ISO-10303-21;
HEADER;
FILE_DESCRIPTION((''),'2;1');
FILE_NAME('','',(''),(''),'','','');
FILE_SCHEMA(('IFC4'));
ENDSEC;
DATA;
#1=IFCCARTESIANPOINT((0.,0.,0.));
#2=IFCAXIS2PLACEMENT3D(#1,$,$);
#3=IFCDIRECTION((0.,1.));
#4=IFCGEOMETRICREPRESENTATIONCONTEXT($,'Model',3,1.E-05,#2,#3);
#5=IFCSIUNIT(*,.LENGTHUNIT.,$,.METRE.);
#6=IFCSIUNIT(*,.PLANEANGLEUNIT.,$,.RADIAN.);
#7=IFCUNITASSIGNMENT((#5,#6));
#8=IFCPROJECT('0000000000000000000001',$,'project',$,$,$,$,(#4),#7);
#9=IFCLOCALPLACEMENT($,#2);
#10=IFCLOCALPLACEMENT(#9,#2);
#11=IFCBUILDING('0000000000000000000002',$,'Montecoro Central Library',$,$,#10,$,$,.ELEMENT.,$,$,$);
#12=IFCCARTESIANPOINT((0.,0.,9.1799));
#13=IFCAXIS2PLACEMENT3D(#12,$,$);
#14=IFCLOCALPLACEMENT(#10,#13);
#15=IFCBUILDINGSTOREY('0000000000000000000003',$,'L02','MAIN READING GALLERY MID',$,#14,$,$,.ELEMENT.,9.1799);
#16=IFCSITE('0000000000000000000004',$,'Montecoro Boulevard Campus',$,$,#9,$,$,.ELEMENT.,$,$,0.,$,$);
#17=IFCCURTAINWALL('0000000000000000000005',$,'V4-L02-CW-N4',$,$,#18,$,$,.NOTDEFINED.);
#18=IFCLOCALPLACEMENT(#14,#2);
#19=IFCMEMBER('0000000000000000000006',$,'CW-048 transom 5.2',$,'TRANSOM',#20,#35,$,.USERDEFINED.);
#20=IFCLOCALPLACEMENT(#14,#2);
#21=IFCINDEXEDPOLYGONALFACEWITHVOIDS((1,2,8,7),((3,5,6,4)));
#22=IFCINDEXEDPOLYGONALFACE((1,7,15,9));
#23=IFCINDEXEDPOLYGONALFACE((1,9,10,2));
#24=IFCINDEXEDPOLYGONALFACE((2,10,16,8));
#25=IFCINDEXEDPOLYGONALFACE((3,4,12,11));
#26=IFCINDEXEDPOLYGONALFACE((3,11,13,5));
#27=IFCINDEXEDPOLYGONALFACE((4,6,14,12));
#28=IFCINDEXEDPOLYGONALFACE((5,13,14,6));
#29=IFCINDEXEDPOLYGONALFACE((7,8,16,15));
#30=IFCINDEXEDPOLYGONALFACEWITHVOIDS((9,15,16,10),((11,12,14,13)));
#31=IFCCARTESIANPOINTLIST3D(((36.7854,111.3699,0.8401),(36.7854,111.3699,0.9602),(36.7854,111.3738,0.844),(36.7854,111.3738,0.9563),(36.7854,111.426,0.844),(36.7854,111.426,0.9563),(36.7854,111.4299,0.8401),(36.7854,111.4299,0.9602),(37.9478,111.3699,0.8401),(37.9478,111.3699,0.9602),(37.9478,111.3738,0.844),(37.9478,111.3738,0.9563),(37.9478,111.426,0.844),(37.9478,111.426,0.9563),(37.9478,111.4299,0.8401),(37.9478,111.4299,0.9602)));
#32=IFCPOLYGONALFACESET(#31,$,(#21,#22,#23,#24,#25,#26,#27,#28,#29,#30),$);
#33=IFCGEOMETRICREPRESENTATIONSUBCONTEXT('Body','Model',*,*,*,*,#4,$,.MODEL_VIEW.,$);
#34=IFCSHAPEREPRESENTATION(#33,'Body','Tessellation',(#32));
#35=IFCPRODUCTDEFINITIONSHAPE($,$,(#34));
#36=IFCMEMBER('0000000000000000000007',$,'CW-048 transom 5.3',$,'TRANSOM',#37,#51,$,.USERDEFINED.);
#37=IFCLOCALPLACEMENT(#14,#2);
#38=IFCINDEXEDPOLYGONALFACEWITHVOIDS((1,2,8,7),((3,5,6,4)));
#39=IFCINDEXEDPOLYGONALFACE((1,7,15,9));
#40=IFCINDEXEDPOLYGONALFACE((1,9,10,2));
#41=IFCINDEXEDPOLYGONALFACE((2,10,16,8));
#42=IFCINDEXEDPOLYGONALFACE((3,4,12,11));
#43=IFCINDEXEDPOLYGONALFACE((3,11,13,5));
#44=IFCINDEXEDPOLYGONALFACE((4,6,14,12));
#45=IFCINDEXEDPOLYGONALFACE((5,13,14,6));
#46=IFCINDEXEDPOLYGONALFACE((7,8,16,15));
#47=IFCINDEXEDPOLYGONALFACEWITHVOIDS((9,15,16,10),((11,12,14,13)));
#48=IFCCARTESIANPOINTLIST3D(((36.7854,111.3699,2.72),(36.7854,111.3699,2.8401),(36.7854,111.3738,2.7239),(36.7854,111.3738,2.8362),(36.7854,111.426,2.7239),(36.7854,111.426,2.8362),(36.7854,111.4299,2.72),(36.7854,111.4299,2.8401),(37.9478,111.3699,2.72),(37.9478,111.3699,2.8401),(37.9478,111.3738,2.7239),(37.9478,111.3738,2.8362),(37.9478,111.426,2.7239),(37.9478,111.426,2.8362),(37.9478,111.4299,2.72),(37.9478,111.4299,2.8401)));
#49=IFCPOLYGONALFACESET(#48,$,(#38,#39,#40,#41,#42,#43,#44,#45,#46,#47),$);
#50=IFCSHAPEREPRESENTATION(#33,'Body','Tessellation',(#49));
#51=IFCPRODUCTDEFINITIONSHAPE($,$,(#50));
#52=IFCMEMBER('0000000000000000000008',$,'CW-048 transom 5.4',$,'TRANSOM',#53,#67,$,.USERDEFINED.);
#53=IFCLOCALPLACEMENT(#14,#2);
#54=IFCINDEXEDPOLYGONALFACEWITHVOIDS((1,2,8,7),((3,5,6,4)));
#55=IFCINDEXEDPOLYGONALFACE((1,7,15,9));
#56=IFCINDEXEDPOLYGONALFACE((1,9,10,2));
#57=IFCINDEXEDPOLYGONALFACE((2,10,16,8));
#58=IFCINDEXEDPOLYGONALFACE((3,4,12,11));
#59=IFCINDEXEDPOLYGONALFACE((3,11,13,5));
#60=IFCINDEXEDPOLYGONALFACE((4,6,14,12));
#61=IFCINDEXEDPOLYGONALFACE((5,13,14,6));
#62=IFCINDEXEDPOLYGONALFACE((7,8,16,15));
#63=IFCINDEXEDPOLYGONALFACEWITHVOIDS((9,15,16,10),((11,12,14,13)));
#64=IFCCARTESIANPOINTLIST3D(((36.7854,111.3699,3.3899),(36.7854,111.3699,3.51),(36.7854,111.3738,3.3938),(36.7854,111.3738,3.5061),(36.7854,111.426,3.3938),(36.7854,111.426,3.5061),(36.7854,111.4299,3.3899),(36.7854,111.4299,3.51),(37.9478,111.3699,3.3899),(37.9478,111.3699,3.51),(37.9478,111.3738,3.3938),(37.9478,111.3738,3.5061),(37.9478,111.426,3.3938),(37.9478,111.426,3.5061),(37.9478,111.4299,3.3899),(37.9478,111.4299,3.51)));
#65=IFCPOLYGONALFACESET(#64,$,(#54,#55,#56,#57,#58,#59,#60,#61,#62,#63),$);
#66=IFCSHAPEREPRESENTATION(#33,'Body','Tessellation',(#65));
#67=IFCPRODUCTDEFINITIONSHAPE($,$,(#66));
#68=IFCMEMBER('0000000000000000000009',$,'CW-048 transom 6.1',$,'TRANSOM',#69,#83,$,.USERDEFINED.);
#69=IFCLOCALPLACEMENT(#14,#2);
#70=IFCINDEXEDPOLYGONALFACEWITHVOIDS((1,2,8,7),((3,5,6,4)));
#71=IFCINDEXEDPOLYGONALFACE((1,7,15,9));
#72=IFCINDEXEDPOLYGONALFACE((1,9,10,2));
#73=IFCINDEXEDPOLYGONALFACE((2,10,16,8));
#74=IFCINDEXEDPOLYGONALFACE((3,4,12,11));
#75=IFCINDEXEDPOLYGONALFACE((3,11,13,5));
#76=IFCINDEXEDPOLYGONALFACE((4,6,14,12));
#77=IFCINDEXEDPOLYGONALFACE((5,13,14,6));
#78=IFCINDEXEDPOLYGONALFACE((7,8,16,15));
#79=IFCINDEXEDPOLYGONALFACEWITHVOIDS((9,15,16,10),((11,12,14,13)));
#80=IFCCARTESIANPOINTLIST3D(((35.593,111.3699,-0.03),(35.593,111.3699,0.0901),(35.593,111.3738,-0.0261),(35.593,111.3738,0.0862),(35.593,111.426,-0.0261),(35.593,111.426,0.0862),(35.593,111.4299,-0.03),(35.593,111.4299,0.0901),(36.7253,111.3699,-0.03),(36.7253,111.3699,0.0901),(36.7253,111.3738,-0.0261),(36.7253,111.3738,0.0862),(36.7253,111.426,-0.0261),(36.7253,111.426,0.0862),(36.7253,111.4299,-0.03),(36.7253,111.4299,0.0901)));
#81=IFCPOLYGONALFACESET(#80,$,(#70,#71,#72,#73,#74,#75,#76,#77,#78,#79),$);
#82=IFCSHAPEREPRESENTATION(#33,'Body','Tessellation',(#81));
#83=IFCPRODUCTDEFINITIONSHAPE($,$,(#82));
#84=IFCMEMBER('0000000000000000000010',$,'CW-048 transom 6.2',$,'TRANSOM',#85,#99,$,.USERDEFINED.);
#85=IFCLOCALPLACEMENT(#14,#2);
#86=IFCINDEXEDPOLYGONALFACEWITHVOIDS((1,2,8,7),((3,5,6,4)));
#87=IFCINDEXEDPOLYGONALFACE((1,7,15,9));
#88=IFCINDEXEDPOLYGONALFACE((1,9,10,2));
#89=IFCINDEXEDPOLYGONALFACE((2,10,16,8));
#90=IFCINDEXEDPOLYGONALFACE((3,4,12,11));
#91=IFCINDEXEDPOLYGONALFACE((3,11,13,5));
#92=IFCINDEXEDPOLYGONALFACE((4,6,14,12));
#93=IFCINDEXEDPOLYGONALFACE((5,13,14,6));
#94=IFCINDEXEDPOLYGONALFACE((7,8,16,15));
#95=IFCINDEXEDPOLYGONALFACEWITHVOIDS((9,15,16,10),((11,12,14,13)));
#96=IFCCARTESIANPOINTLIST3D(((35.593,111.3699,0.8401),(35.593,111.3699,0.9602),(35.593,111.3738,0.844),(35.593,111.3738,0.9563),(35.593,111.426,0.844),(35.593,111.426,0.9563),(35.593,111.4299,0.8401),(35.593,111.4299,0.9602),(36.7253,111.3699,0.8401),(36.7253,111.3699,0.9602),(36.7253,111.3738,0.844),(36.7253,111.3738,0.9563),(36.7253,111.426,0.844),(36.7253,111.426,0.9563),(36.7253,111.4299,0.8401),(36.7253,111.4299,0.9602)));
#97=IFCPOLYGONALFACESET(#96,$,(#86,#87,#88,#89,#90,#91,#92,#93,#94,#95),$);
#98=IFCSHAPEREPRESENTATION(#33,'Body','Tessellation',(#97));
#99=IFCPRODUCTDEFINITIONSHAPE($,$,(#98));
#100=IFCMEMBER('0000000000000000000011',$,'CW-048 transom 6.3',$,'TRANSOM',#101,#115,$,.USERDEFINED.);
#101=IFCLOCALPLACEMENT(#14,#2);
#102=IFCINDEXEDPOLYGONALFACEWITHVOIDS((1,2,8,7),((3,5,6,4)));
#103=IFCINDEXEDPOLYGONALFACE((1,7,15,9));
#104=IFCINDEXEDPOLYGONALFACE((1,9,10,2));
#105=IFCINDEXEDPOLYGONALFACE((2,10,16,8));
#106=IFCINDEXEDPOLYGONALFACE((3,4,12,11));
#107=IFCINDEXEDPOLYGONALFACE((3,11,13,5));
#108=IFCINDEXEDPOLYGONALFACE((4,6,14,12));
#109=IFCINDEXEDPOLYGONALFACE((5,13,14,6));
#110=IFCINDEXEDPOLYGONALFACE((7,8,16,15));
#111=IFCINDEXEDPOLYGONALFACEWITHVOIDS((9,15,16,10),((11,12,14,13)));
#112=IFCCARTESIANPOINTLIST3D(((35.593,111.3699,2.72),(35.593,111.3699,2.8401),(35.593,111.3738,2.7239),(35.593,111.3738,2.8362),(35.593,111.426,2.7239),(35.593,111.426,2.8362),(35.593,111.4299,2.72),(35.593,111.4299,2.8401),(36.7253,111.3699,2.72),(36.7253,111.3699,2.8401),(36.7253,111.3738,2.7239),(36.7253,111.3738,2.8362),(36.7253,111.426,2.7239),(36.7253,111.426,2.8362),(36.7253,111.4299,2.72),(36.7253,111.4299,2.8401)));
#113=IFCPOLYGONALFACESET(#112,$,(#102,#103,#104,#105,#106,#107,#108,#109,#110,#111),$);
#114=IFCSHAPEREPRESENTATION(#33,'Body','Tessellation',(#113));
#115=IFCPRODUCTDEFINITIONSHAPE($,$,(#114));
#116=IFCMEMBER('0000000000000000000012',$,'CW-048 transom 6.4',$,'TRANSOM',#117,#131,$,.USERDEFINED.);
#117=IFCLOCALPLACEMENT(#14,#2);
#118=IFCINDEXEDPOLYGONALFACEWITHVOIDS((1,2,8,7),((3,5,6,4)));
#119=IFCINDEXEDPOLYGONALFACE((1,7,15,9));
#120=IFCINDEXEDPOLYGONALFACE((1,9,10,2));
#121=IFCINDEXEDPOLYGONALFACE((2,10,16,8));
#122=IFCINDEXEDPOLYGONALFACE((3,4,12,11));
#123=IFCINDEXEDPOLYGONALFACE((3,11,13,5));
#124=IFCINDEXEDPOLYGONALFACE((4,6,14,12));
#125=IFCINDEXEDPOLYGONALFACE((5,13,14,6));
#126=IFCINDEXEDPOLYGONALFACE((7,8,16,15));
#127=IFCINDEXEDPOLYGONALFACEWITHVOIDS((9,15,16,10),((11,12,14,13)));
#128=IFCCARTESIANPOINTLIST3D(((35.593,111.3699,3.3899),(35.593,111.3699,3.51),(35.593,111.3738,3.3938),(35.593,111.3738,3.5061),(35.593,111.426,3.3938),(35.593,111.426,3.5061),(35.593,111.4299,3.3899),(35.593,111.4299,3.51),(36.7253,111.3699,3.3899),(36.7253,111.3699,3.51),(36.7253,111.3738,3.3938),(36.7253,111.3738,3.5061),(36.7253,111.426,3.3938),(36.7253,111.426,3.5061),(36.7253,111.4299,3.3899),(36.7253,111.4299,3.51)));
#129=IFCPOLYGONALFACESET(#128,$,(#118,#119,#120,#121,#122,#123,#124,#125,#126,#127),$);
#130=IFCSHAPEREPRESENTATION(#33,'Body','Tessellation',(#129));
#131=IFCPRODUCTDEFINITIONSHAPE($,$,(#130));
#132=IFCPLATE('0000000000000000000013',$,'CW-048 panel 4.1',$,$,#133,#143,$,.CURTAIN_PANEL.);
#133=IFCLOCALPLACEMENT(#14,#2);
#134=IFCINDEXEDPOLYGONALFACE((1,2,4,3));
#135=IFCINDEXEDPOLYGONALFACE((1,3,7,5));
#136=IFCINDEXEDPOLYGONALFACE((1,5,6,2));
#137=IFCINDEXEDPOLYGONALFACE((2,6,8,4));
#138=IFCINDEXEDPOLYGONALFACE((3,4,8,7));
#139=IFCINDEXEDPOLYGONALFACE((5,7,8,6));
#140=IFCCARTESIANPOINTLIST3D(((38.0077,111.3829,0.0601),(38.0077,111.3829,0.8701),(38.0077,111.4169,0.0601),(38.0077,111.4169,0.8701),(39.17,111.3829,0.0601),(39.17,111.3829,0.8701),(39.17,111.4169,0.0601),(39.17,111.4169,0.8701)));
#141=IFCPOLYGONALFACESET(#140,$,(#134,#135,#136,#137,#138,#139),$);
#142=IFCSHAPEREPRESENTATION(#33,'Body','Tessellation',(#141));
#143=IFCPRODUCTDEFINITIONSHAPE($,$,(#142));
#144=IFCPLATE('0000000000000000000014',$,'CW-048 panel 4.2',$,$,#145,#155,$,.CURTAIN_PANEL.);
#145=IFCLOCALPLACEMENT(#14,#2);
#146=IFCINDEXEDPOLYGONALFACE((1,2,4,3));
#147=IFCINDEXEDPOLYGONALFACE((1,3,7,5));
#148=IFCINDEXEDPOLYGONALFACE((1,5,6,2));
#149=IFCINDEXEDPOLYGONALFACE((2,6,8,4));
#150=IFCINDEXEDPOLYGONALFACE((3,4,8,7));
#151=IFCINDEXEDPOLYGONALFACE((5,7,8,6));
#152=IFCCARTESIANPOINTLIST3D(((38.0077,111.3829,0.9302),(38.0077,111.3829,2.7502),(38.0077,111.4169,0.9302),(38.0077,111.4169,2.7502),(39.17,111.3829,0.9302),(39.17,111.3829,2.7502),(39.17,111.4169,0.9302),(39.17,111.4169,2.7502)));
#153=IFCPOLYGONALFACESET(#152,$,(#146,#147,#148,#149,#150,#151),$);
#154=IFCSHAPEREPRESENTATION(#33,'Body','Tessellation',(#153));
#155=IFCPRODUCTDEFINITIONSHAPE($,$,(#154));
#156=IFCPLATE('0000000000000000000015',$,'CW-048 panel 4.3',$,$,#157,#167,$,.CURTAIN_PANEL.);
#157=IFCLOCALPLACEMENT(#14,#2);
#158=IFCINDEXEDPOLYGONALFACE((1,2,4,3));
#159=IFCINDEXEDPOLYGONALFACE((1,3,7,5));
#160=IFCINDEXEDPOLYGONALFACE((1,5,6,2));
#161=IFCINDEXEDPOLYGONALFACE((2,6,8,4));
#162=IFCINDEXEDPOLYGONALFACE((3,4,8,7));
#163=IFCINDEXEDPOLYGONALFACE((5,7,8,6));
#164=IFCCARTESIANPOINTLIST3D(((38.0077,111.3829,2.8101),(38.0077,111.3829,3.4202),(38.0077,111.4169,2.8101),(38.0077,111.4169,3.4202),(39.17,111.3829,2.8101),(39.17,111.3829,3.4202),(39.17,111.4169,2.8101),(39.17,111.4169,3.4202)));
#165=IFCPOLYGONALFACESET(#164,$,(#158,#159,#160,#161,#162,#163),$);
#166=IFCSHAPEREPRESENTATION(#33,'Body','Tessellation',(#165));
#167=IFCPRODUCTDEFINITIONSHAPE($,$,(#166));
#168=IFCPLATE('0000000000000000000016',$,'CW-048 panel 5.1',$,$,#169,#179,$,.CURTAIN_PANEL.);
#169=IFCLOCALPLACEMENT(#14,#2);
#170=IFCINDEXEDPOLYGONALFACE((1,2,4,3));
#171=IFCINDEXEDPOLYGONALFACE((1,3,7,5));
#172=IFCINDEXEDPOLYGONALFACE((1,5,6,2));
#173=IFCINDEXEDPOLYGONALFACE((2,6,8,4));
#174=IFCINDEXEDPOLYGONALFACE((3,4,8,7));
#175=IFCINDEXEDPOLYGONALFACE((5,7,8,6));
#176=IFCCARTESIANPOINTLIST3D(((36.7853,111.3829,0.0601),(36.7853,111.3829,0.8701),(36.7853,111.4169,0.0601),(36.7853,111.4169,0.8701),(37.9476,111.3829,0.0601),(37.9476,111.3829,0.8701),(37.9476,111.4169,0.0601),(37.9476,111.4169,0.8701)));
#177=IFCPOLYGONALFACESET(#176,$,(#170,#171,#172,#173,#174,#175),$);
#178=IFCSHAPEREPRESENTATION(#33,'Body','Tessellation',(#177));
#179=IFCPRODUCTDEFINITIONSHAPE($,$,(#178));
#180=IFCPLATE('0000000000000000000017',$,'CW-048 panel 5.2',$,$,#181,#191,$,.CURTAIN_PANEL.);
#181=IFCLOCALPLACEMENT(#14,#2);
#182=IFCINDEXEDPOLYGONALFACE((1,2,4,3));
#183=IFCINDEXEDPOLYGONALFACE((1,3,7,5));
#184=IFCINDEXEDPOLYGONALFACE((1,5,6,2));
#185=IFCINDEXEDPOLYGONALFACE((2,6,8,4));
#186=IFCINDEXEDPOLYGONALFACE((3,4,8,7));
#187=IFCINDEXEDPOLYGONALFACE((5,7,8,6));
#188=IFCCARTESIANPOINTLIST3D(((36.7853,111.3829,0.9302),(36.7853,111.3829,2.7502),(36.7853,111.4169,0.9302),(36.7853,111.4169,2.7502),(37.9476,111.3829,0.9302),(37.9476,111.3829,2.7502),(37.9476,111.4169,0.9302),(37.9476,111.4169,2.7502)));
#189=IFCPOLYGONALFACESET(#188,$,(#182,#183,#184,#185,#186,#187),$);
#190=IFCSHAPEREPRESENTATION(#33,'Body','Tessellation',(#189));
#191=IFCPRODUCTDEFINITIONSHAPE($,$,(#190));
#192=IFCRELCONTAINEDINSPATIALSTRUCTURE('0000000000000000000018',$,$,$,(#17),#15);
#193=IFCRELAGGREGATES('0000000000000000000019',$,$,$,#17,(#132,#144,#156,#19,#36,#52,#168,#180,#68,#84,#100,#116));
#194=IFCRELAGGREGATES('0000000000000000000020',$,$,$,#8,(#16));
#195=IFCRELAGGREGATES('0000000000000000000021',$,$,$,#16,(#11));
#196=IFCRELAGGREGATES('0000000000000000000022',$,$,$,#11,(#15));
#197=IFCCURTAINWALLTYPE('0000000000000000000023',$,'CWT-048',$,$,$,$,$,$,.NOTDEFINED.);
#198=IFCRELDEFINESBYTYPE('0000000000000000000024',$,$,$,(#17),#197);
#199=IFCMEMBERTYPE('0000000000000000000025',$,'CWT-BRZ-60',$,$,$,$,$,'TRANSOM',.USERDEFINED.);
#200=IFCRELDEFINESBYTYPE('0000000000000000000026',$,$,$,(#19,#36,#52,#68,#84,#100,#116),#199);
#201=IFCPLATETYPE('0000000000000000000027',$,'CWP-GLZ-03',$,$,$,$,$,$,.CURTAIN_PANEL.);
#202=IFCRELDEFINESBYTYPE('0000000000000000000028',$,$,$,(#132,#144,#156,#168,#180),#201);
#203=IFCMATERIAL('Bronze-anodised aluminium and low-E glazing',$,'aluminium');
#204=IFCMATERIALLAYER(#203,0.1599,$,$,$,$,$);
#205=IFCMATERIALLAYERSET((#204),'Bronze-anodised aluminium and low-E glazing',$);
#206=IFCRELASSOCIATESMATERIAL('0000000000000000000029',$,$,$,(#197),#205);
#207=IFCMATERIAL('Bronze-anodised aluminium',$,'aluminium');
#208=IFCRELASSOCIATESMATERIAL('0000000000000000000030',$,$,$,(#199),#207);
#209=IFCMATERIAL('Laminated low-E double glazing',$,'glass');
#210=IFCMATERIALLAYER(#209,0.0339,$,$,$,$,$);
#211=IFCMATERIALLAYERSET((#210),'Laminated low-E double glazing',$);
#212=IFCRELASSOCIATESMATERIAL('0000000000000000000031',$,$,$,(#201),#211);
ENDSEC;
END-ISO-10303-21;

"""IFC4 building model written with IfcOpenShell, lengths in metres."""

from ifc_helpers import new_model, si_unit, direction, frame, origin, origin_2d, place, context, subcontext, project, spatial, rectangle, hollow_rectangle, extrude, material, layer, layer_set, material_profile, profile_set, type_object, element, aggregate, save


model = new_model("IFC4")

# Units and contexts
model_context = context("Model", 3, precision=1e-05, world=origin(), true_north=direction((0.0, 1.0)))
body_context = subcontext(model_context, "Body", "Model", "MODEL_VIEW")
ifc_project = project(units=[si_unit("LENGTHUNIT", "METRE"), si_unit("PLANEANGLEUNIT", "RADIAN")], contexts=[model_context])

# Site, building, storey
site_placement = place(None, origin())
site = spatial("IfcSite", under=ifc_project, at=site_placement, Name="Montecoro Boulevard Campus", CompositionType="ELEMENT", RefElevation=0.0)
building_placement = place(site_placement, origin())
building = spatial("IfcBuilding", under=site, at=building_placement, Name="Montecoro Central Library", CompositionType="ELEMENT")
storey_placement = place(building_placement, frame((0.0, 0.0, 9.1799)))
storey = spatial("IfcBuildingStorey", under=building, at=storey_placement, Name="L02", Description="MAIN READING GALLERY MID", CompositionType="ELEMENT", Elevation=9.1799)

# Curtain wall
ifc_material_1 = material(Name="Bronze-anodised aluminium and low-E glazing", Category="aluminium")
ifc_layer_1 = layer(ifc_material_1, 0.1599)
ifc_layer_set_1 = layer_set([ifc_layer_1], Name="Bronze-anodised aluminium and low-E glazing")
curtain_wall_type = type_object("IfcCurtainWallType", Name="CWT-048", PredefinedType="NOTDEFINED", material=ifc_layer_set_1)
curtain_wall_1_placement = place(storey_placement, origin())
curtain_wall_1 = element("IfcCurtainWall", 1, at=curtain_wall_1_placement, inside=storey, type_object=curtain_wall_type, Name="V4-L02-CW-N4", PredefinedType="NOTDEFINED")
ifc_material_2 = material(Name="Bronze-anodised aluminium", Category="aluminium")

# Members
ifc_material_profile_1 = material_profile(ifc_material_2, hollow_rectangle(XDim=0.0601, YDim=0.1201, WallThickness=0.0039, at=origin_2d()), Name="CWT 120x60x4.0")
ifc_profile_set_1 = profile_set([ifc_material_profile_1], Name="Bronze-anodised aluminium")
member_type_1 = type_object("IfcMemberType", Name="CWT-BRZ-60", ElementType="TRANSOM", PredefinedType="USERDEFINED", material=ifc_profile_set_1)
member_1_placement = place(storey_placement, frame((37.9478, 111.3999, 0.9001), z_axis=(-1.0, 0.0, 0.0), x_axis=(0.0, -1.0, 0.0)))
member_1 = element("IfcMember", 2, at=member_1_placement, type_object=member_type_1, Name="CW-048 transom 5.2", ObjectType="TRANSOM", PredefinedType="USERDEFINED", context=body_context, shape_type="SweptSolid", body=[
    extrude(hollow_rectangle(XDim=0.0601, YDim=0.1201, WallThickness=0.0039, at=origin_2d()), origin(), (0.0, 0.0, 1.0), 1.1624),
])
member_2_placement = place(storey_placement, frame((37.9478, 111.3999, 2.78), z_axis=(-1.0, 0.0, 0.0), x_axis=(0.0, -1.0, 0.0)))
member_2 = element("IfcMember", 3, at=member_2_placement, type_object=member_type_1, Name="CW-048 transom 5.3", ObjectType="TRANSOM", PredefinedType="USERDEFINED", context=body_context, shape_type="SweptSolid", body=[
    extrude(hollow_rectangle(XDim=0.0601, YDim=0.1201, WallThickness=0.0039, at=origin_2d()), origin(), (0.0, 0.0, 1.0), 1.1624),
])
member_3_placement = place(storey_placement, frame((37.9478, 111.3999, 3.45), z_axis=(-1.0, 0.0, 0.0), x_axis=(0.0, -1.0, 0.0)))
member_3 = element("IfcMember", 4, at=member_3_placement, type_object=member_type_1, Name="CW-048 transom 5.4", ObjectType="TRANSOM", PredefinedType="USERDEFINED", context=body_context, shape_type="SweptSolid", body=[
    extrude(hollow_rectangle(XDim=0.0601, YDim=0.1201, WallThickness=0.0039, at=origin_2d()), origin(), (0.0, 0.0, 1.0), 1.1624),
])
member_4_placement = place(storey_placement, frame((36.7253, 111.3999, 0.03), z_axis=(-1.0, 0.0, 0.0), x_axis=(0.0, -1.0, 0.0)))
member_4 = element("IfcMember", 5, at=member_4_placement, type_object=member_type_1, Name="CW-048 transom 6.1", ObjectType="TRANSOM", PredefinedType="USERDEFINED", context=body_context, shape_type="SweptSolid", body=[
    extrude(hollow_rectangle(XDim=0.0601, YDim=0.1201, WallThickness=0.0039, at=origin_2d()), origin(), (0.0, 0.0, 1.0), 1.1323),
])
member_5_placement = place(storey_placement, frame((36.7253, 111.3999, 0.9001), z_axis=(-1.0, 0.0, 0.0), x_axis=(0.0, -1.0, 0.0)))
member_5 = element("IfcMember", 6, at=member_5_placement, type_object=member_type_1, Name="CW-048 transom 6.2", ObjectType="TRANSOM", PredefinedType="USERDEFINED", context=body_context, shape_type="SweptSolid", body=[
    extrude(hollow_rectangle(XDim=0.0601, YDim=0.1201, WallThickness=0.0039, at=origin_2d()), origin(), (0.0, 0.0, 1.0), 1.1323),
])
member_6_placement = place(storey_placement, frame((36.7253, 111.3999, 2.78), z_axis=(-1.0, 0.0, 0.0), x_axis=(0.0, -1.0, 0.0)))
member_6 = element("IfcMember", 7, at=member_6_placement, type_object=member_type_1, Name="CW-048 transom 6.3", ObjectType="TRANSOM", PredefinedType="USERDEFINED", context=body_context, shape_type="SweptSolid", body=[
    extrude(hollow_rectangle(XDim=0.0601, YDim=0.1201, WallThickness=0.0039, at=origin_2d()), origin(), (0.0, 0.0, 1.0), 1.1323),
])
member_7_placement = place(storey_placement, frame((36.7253, 111.3999, 3.45), z_axis=(-1.0, 0.0, 0.0), x_axis=(0.0, -1.0, 0.0)))
member_7 = element("IfcMember", 8, at=member_7_placement, type_object=member_type_1, Name="CW-048 transom 6.4", ObjectType="TRANSOM", PredefinedType="USERDEFINED", context=body_context, shape_type="SweptSolid", body=[
    extrude(hollow_rectangle(XDim=0.0601, YDim=0.1201, WallThickness=0.0039, at=origin_2d()), origin(), (0.0, 0.0, 1.0), 1.1323),
])

# Plates
ifc_material_3 = material(Name="Laminated low-E double glazing", Category="glass")
ifc_layer_2 = layer(ifc_material_3, 0.0339)
ifc_layer_set_2 = layer_set([ifc_layer_2], Name="Laminated low-E double glazing")
plate_type_1 = type_object("IfcPlateType", Name="CWP-GLZ-03", PredefinedType="CURTAIN_PANEL", material=ifc_layer_set_2)
plate_1_placement = place(storey_placement, frame((38.5889, 111.3999, 0.0601), z_axis=(0.0, 0.0, 1.0), x_axis=(-1.0, 0.0, 0.0)))
plate_1 = element("IfcPlate", 9, at=plate_1_placement, type_object=plate_type_1, Name="CW-048 panel 4.1", PredefinedType="CURTAIN_PANEL", context=body_context, shape_type="SweptSolid", body=[
    extrude(rectangle(XDim=1.1624, YDim=0.0339, at=origin_2d()), origin(), (0.0, 0.0, 1.0), 0.8101),
])
plate_2_placement = place(storey_placement, frame((38.5889, 111.3999, 0.9302), z_axis=(0.0, 0.0, 1.0), x_axis=(-1.0, 0.0, 0.0)))
plate_2 = element("IfcPlate", 10, at=plate_2_placement, type_object=plate_type_1, Name="CW-048 panel 4.2", PredefinedType="CURTAIN_PANEL", context=body_context, shape_type="SweptSolid", body=[
    extrude(rectangle(XDim=1.1624, YDim=0.0339, at=origin_2d()), origin(), (0.0, 0.0, 1.0), 1.8201),
])
plate_3_placement = place(storey_placement, frame((38.5889, 111.3999, 2.8101), z_axis=(0.0, 0.0, 1.0), x_axis=(-1.0, 0.0, 0.0)))
plate_3 = element("IfcPlate", 11, at=plate_3_placement, type_object=plate_type_1, Name="CW-048 panel 4.3", PredefinedType="CURTAIN_PANEL", context=body_context, shape_type="SweptSolid", body=[
    extrude(rectangle(XDim=1.1624, YDim=0.0339, at=origin_2d()), origin(), (0.0, 0.0, 1.0), 0.6101),
])
plate_4_placement = place(storey_placement, frame((37.3665, 111.3999, 0.0601), z_axis=(0.0, 0.0, 1.0), x_axis=(-1.0, 0.0, 0.0)))
plate_4 = element("IfcPlate", 12, at=plate_4_placement, type_object=plate_type_1, Name="CW-048 panel 5.1", PredefinedType="CURTAIN_PANEL", context=body_context, shape_type="SweptSolid", body=[
    extrude(rectangle(XDim=1.1624, YDim=0.0339, at=origin_2d()), origin(), (0.0, 0.0, 1.0), 0.8101),
])
plate_5_placement = place(storey_placement, frame((37.3665, 111.3999, 0.9302), z_axis=(0.0, 0.0, 1.0), x_axis=(-1.0, 0.0, 0.0)))
plate_5 = element("IfcPlate", 13, at=plate_5_placement, type_object=plate_type_1, Name="CW-048 panel 5.2", PredefinedType="CURTAIN_PANEL", context=body_context, shape_type="SweptSolid", body=[
    extrude(rectangle(XDim=1.1624, YDim=0.0339, at=origin_2d()), origin(), (0.0, 0.0, 1.0), 1.8201),
])
aggregate(curtain_wall_1, [plate_1, plate_2, plate_3, member_1, member_2, member_3, plate_4, plate_5, member_4, member_5, member_6, member_7])

save(model, "model.ifc")
